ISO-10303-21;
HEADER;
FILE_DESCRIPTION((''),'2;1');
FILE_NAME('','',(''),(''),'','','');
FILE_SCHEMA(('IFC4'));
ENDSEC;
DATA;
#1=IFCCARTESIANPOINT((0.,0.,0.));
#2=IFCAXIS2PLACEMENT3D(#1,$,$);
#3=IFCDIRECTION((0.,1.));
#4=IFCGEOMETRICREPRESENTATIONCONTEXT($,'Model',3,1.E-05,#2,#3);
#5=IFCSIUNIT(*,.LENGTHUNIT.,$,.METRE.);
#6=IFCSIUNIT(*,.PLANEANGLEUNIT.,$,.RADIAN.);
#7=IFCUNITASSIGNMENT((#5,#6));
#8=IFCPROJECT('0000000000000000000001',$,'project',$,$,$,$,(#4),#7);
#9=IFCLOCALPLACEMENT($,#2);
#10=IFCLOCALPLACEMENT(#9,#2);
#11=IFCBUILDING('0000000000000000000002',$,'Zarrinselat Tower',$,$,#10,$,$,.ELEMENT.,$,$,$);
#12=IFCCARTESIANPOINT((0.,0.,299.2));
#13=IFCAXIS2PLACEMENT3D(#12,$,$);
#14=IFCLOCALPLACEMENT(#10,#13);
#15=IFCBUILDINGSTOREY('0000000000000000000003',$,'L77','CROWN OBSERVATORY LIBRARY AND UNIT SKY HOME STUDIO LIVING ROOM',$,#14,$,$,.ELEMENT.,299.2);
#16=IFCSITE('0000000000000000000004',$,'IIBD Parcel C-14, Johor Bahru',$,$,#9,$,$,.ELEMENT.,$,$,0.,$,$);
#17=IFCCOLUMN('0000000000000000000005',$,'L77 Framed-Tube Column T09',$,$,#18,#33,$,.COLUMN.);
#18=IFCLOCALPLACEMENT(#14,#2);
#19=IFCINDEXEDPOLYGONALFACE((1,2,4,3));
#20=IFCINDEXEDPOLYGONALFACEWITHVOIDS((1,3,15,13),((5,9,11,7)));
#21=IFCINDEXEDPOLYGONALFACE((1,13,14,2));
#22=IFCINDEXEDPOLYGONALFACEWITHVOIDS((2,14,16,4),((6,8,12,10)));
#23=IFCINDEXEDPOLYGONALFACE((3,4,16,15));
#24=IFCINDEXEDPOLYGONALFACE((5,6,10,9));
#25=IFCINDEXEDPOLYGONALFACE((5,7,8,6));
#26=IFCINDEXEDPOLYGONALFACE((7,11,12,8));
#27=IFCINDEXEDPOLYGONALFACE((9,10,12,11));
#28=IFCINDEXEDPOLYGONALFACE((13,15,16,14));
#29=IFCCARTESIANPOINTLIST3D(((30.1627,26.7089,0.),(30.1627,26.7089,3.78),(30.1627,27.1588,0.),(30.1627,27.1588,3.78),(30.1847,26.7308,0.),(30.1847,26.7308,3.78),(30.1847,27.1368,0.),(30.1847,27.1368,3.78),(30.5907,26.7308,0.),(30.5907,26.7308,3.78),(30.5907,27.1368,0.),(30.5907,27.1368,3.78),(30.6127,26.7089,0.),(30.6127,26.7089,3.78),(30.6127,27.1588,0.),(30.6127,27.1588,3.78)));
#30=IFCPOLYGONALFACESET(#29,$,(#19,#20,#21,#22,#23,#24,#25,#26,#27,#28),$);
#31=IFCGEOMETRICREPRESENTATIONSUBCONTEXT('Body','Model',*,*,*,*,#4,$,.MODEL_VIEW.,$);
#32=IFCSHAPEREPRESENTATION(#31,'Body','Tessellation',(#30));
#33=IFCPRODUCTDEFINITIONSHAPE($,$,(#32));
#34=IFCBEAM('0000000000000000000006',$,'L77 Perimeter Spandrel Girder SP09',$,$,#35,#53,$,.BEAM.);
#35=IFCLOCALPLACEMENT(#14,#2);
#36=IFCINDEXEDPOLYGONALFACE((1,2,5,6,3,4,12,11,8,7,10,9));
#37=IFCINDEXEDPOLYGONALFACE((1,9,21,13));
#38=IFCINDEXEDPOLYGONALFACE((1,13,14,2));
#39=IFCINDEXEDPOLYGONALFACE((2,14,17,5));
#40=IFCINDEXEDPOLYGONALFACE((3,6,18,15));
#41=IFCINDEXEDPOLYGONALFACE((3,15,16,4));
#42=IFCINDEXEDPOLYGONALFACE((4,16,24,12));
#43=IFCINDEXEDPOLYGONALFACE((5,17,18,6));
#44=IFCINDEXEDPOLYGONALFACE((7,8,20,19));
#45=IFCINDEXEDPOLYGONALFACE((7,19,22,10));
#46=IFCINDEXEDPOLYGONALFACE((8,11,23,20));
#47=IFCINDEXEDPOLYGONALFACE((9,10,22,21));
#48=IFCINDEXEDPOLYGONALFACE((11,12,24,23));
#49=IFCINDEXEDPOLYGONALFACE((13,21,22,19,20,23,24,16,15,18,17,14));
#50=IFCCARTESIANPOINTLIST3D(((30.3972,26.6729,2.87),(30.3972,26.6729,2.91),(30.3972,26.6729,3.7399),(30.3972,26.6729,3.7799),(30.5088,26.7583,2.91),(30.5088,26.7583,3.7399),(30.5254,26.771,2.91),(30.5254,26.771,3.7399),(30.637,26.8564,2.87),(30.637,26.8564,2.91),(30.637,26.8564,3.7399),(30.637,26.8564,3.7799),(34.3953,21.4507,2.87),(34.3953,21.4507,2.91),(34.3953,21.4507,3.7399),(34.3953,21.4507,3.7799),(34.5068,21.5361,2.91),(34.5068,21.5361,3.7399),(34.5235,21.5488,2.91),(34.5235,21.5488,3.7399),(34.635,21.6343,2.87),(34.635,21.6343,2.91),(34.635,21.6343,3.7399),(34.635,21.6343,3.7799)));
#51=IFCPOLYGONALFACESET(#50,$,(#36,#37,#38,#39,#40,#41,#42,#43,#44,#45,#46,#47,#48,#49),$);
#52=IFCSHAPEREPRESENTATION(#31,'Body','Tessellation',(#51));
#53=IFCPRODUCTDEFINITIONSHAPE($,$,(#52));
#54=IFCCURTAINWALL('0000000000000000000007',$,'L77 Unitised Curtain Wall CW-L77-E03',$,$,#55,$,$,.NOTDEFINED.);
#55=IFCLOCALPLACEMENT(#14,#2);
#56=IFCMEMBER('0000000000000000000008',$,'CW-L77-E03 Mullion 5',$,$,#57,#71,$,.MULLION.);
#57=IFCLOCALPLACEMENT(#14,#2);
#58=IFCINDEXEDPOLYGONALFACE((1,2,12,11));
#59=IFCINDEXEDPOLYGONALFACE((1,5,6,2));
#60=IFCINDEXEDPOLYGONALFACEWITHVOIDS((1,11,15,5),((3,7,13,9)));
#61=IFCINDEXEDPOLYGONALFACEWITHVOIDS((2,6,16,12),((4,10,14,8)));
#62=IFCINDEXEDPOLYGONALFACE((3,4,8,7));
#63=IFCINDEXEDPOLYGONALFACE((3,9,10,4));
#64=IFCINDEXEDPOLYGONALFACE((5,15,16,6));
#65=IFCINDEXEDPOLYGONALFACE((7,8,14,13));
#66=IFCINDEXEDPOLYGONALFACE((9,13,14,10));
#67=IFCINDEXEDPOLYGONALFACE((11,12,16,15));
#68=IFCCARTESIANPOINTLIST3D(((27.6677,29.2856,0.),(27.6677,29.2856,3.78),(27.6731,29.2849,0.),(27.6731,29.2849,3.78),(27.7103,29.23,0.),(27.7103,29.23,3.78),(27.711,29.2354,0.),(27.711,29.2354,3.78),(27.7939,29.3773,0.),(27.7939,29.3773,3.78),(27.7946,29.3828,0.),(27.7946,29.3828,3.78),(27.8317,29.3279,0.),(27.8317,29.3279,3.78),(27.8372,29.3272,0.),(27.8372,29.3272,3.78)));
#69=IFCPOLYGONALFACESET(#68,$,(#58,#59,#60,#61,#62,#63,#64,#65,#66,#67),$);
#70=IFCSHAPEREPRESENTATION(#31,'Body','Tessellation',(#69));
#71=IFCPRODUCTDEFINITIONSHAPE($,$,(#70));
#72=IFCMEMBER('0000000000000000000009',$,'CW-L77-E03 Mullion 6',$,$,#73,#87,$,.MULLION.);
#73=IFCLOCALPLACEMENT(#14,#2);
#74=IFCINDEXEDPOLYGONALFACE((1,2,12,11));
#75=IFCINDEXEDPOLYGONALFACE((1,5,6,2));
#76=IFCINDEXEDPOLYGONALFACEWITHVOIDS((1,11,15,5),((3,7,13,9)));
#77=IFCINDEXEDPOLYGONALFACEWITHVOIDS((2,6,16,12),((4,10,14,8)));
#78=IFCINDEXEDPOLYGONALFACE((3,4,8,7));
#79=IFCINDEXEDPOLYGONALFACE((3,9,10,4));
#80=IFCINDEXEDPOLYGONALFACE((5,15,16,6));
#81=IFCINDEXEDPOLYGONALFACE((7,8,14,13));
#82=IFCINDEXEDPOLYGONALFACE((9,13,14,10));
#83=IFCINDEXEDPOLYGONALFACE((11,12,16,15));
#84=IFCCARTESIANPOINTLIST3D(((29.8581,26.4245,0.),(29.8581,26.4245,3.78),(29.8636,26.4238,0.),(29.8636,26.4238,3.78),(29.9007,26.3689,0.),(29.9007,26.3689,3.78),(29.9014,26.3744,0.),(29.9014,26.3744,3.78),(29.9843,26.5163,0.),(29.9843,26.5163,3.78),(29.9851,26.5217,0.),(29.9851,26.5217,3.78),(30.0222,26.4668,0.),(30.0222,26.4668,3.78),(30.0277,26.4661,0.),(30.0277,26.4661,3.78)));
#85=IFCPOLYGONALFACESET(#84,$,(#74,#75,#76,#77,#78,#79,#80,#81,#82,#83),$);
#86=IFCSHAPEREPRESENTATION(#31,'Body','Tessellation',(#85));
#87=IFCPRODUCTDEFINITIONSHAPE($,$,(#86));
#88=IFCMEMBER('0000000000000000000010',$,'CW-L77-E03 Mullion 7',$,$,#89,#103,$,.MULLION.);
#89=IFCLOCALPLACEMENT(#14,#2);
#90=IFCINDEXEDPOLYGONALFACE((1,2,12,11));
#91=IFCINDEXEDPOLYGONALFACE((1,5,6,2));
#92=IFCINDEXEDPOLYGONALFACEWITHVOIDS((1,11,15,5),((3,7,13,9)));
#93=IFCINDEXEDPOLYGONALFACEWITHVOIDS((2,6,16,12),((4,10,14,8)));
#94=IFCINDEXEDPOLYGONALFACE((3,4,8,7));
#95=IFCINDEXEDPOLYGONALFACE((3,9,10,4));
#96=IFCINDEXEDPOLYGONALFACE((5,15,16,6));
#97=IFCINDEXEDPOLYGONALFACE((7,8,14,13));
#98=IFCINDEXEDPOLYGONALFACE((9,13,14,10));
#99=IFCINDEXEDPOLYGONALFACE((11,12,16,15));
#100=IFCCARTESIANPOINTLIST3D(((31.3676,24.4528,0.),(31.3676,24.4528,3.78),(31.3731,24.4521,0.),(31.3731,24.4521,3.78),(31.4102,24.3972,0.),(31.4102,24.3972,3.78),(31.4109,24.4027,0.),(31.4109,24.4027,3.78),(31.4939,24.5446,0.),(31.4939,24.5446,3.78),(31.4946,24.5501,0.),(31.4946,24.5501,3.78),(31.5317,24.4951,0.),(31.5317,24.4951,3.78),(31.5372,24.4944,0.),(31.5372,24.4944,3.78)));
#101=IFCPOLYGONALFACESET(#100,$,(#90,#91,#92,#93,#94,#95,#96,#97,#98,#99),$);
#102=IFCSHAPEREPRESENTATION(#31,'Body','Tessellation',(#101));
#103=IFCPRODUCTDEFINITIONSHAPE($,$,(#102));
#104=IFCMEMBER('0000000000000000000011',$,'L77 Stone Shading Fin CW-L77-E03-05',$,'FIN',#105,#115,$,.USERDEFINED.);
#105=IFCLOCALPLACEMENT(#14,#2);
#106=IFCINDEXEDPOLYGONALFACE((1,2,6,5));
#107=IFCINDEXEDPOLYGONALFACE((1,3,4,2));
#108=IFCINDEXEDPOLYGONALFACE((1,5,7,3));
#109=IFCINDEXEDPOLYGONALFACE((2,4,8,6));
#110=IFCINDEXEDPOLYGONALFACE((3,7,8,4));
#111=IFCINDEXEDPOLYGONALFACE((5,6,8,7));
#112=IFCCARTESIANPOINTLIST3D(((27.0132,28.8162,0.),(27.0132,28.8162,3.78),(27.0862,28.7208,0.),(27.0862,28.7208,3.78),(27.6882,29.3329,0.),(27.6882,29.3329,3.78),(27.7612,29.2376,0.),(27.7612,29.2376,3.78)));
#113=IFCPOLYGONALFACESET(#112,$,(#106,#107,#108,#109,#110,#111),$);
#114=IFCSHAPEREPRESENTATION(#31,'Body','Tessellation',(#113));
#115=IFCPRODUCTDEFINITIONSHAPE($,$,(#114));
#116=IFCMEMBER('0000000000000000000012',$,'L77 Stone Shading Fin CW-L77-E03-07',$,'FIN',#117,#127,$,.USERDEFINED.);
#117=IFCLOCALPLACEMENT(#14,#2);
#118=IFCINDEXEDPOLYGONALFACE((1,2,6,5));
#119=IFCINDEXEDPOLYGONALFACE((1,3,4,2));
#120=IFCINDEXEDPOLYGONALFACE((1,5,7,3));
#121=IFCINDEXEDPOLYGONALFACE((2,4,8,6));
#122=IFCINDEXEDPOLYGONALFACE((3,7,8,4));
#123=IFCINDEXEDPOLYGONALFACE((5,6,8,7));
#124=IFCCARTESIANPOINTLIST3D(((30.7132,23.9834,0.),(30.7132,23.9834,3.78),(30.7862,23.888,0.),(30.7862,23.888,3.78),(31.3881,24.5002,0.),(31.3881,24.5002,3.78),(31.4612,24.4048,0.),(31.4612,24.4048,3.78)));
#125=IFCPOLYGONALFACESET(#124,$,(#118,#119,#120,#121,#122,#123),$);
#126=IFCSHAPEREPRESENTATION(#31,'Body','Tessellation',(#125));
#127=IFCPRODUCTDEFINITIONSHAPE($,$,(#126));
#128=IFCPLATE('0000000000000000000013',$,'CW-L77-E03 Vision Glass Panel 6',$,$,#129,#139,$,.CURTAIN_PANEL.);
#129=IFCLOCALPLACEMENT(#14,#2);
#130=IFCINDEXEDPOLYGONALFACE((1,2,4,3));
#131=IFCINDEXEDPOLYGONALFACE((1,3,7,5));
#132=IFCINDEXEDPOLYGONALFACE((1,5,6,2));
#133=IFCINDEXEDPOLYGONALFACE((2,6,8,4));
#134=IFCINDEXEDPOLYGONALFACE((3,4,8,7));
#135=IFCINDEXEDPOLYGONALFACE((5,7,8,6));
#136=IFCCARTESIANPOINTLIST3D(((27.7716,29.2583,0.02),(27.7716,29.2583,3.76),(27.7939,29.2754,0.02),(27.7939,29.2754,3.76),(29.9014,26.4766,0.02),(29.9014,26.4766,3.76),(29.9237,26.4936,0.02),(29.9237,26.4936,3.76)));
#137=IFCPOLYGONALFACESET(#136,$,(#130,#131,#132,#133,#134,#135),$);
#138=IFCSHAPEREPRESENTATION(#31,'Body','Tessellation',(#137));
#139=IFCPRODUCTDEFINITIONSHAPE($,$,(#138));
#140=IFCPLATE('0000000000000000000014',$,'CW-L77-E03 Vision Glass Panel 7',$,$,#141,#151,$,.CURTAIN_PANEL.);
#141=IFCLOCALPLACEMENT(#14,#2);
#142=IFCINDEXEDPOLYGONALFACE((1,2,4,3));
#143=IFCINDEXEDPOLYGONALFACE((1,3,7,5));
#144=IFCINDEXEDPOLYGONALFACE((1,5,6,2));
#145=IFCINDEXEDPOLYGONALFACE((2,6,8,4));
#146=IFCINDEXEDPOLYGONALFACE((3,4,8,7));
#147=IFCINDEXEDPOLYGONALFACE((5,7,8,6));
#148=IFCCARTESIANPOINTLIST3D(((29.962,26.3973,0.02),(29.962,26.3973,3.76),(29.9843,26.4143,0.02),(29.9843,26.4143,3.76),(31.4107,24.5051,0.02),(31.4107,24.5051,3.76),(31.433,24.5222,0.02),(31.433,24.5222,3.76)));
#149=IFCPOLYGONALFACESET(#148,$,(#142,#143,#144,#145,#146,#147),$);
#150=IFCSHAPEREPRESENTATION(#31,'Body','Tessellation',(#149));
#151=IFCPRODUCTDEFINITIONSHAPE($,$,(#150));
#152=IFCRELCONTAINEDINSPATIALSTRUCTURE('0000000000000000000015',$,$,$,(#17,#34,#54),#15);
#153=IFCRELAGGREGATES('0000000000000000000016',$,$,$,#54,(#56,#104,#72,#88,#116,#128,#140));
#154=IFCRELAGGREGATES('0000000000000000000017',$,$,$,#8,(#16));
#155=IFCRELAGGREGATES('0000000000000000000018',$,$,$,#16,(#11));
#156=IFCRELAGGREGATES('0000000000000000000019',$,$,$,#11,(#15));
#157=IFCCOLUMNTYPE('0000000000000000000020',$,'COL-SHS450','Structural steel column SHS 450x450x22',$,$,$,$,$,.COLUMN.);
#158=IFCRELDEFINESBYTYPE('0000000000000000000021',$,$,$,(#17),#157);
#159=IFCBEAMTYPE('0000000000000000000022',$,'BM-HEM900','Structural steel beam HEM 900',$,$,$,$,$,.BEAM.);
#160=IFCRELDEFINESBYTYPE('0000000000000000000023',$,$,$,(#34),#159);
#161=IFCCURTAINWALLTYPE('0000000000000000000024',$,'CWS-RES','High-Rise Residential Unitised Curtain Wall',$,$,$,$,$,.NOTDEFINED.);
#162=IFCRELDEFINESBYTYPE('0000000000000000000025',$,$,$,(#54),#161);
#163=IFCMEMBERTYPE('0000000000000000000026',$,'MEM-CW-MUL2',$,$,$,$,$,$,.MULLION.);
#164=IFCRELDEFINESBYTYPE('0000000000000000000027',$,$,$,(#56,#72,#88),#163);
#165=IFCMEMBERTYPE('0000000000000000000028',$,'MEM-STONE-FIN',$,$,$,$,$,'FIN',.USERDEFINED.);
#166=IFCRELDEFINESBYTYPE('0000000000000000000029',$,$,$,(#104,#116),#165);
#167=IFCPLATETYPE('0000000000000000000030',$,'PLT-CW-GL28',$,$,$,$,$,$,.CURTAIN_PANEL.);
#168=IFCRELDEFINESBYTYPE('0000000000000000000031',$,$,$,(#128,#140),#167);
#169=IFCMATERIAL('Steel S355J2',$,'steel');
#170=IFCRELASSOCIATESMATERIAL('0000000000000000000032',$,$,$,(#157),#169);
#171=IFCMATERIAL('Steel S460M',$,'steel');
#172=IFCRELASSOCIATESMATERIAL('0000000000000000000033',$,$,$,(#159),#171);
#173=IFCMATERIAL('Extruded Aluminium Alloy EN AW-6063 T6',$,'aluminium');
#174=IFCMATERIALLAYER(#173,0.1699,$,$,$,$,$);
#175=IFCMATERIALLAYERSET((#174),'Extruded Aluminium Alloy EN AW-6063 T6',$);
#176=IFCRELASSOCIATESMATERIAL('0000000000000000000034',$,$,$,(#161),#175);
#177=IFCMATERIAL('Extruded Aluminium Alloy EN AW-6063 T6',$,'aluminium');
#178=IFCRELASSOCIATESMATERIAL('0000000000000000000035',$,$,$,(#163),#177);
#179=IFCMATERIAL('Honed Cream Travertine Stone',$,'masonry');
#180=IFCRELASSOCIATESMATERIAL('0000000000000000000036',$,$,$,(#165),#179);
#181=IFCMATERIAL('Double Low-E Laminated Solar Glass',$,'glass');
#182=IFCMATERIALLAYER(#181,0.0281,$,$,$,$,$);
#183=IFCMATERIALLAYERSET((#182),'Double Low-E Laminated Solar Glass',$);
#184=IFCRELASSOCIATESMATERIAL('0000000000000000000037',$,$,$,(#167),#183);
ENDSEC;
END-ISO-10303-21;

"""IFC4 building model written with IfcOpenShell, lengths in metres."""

from ifc_helpers import new_model, si_unit, direction, frame, origin, origin_2d, place, context, subcontext, project, spatial, rectangle, hollow_rectangle, i_section, extrude, material, layer, layer_set, material_profile, profile_set, type_object, element, aggregate, save


model = new_model("IFC4")

# Units and contexts
model_context = context("Model", 3, precision=1e-05, world=origin(), true_north=direction((0.0, 1.0)))
body_context = subcontext(model_context, "Body", "Model", "MODEL_VIEW")
ifc_project = project(units=[si_unit("LENGTHUNIT", "METRE"), si_unit("PLANEANGLEUNIT", "RADIAN")], contexts=[model_context])

# Site, building, storey
site_placement = place(None, origin())
site = spatial("IfcSite", under=ifc_project, at=site_placement, Name="IIBD Parcel C-14, Johor Bahru", CompositionType="ELEMENT", RefElevation=0.0)
building_placement = place(site_placement, origin())
building = spatial("IfcBuilding", under=site, at=building_placement, Name="Zarrinselat Tower", CompositionType="ELEMENT")
storey_placement = place(building_placement, frame((0.0, 0.0, 299.2)))
storey = spatial("IfcBuildingStorey", under=building, at=storey_placement, Name="L77", Description="CROWN OBSERVATORY LIBRARY AND UNIT SKY HOME STUDIO LIVING ROOM", CompositionType="ELEMENT", Elevation=299.2)

# Column
ifc_material_1 = material(Name="Steel S355J2", Category="steel")
ifc_material_profile_1 = material_profile(ifc_material_1, hollow_rectangle(XDim=0.45, YDim=0.45, WallThickness=0.022, at=origin_2d()), Name="SHS 450x450x22")
ifc_profile_set_1 = profile_set([ifc_material_profile_1], Name="Steel S355J2")
column_type = type_object("IfcColumnType", Name="COL-SHS450", Description="Structural steel column SHS 450x450x22", PredefinedType="COLUMN", material=ifc_profile_set_1)
column_placement = place(storey_placement, frame((30.3877, 26.9338, 0.0), z_axis=(0.0, 0.0, 1.0), x_axis=(1.0, 0.0, 0.0)))
element("IfcColumn", 1, at=column_placement, inside=storey, type_object=column_type, Name="L77 Framed-Tube Column T09", PredefinedType="COLUMN", context=body_context, shape_type="SweptSolid", body=[
    extrude(hollow_rectangle(XDim=0.45, YDim=0.45, WallThickness=0.022, at=origin_2d()), origin(), (0.0, 0.0, 1.0), 3.78),
])

# Beam
ifc_material_2 = material(Name="Steel S460M", Category="steel")
ifc_material_profile_2 = material_profile(ifc_material_2, i_section(OverallWidth=0.302, OverallDepth=0.9099, WebThickness=0.021, FlangeThickness=0.04, at=origin_2d()), Name="HEM 900")
ifc_profile_set_2 = profile_set([ifc_material_profile_2], Name="Steel S460M")
beam_type = type_object("IfcBeamType", Name="BM-HEM900", Description="Structural steel beam HEM 900", PredefinedType="BEAM", material=ifc_profile_set_2)
beam_placement = place(storey_placement, frame((30.5171, 26.7646, 3.325), z_axis=(0.607894, -0.794018, 0.0), x_axis=(0.794018, 0.607894, 0.0)))
element("IfcBeam", 2, at=beam_placement, inside=storey, type_object=beam_type, Name="L77 Perimeter Spandrel Girder SP09", PredefinedType="BEAM", context=body_context, shape_type="SweptSolid", body=[
    extrude(i_section(OverallWidth=0.302, OverallDepth=0.9099, WebThickness=0.021, FlangeThickness=0.04, at=origin_2d()), origin(), (0.0, 0.0, 1.0), 6.5769),
])

# Curtain wall, members, plates
ifc_material_3 = material(Name="Extruded Aluminium Alloy EN AW-6063 T6", Category="aluminium")
ifc_layer_1 = layer(ifc_material_3, 0.1699)
ifc_layer_set_1 = layer_set([ifc_layer_1], Name="Extruded Aluminium Alloy EN AW-6063 T6")
curtain_wall_type = type_object("IfcCurtainWallType", Name="CWS-RES", Description="High-Rise Residential Unitised Curtain Wall", PredefinedType="NOTDEFINED", material=ifc_layer_set_1)
curtain_wall_placement = place(storey_placement, origin())
curtain_wall = element("IfcCurtainWall", 3, at=curtain_wall_placement, inside=storey, type_object=curtain_wall_type, Name="L77 Unitised Curtain Wall CW-L77-E03", PredefinedType="NOTDEFINED")
ifc_material_4 = material(Name="Extruded Aluminium Alloy EN AW-6063 T6", Category="aluminium")
ifc_material_profile_3 = material_profile(ifc_material_4, hollow_rectangle(XDim=0.0701, YDim=0.1599, WallThickness=0.0039, at=origin_2d()), Name="RHS 160x70x4")
ifc_profile_set_3 = profile_set([ifc_material_profile_3], Name="Extruded Aluminium Alloy EN AW-6063 T6")
member_type_1 = type_object("IfcMemberType", Name="MEM-CW-MUL2", PredefinedType="MULLION", material=ifc_profile_set_3)
member_1_placement = place(storey_placement, frame((27.7524, 29.3064, 0.0), z_axis=(0.0, 0.0, 1.0), x_axis=(0.607898, -0.794015, 0.0)))
member_1 = element("IfcMember", 4, at=member_1_placement, type_object=member_type_1, Name="CW-L77-E03 Mullion 5", PredefinedType="MULLION", context=body_context, shape_type="SweptSolid", body=[
    extrude(hollow_rectangle(XDim=0.0701, YDim=0.1599, WallThickness=0.0039, at=origin_2d()), origin(), (0.0, 0.0, 1.0), 3.78),
])
member_2_placement = place(storey_placement, frame((29.9429, 26.4453, 0.0), z_axis=(0.0, 0.0, 1.0), x_axis=(0.607898, -0.794015, 0.0)))
member_2 = element("IfcMember", 5, at=member_2_placement, type_object=member_type_1, Name="CW-L77-E03 Mullion 6", PredefinedType="MULLION", context=body_context, shape_type="SweptSolid", body=[
    extrude(hollow_rectangle(XDim=0.0701, YDim=0.1599, WallThickness=0.0039, at=origin_2d()), origin(), (0.0, 0.0, 1.0), 3.78),
])
member_3_placement = place(storey_placement, frame((31.4524, 24.4736, 0.0), z_axis=(0.0, 0.0, 1.0), x_axis=(0.607898, -0.794015, 0.0)))
member_3 = element("IfcMember", 6, at=member_3_placement, type_object=member_type_1, Name="CW-L77-E03 Mullion 7", PredefinedType="MULLION", context=body_context, shape_type="SweptSolid", body=[
    extrude(hollow_rectangle(XDim=0.0701, YDim=0.1599, WallThickness=0.0039, at=origin_2d()), origin(), (0.0, 0.0, 1.0), 3.78),
])
ifc_material_5 = material(Name="Honed Cream Travertine Stone", Category="masonry")
ifc_material_profile_4 = material_profile(ifc_material_5, rectangle(XDim=0.1201, YDim=0.8501, at=origin_2d()), Name="FIN 850x120")
ifc_profile_set_4 = profile_set([ifc_material_profile_4], Name="Honed Cream Travertine Stone")
member_type_2 = type_object("IfcMemberType", Name="MEM-STONE-FIN", ElementType="FIN", PredefinedType="USERDEFINED", material=ifc_profile_set_4)
member_4_placement = place(storey_placement, frame((27.3872, 29.0269, 0.0), z_axis=(0.0, 0.0, 1.0), x_axis=(-0.607898, 0.794015, 0.0)))
member_4 = element("IfcMember", 7, at=member_4_placement, type_object=member_type_2, Name="L77 Stone Shading Fin CW-L77-E03-05", ObjectType="FIN", PredefinedType="USERDEFINED", context=body_context, shape_type="SweptSolid", body=[
    extrude(rectangle(XDim=0.1201, YDim=0.8501, at=origin_2d()), origin(), (0.0, 0.0, 1.0), 3.78),
])
member_5_placement = place(storey_placement, frame((31.0872, 24.1941, 0.0), z_axis=(0.0, 0.0, 1.0), x_axis=(-0.607898, 0.794015, 0.0)))
member_5 = element("IfcMember", 8, at=member_5_placement, type_object=member_type_2, Name="L77 Stone Shading Fin CW-L77-E03-07", ObjectType="FIN", PredefinedType="USERDEFINED", context=body_context, shape_type="SweptSolid", body=[
    extrude(rectangle(XDim=0.1201, YDim=0.8501, at=origin_2d()), origin(), (0.0, 0.0, 1.0), 3.78),
])
ifc_material_6 = material(Name="Double Low-E Laminated Solar Glass", Category="glass")
ifc_layer_2 = layer(ifc_material_6, 0.0281)
ifc_layer_set_2 = layer_set([ifc_layer_2], Name="Double Low-E Laminated Solar Glass")
plate_type = type_object("IfcPlateType", Name="PLT-CW-GL28", PredefinedType="CURTAIN_PANEL", material=ifc_layer_set_2)
plate_1_placement = place(storey_placement, frame((28.8477, 27.876, 0.02), z_axis=(0.0, 0.0, 1.0), x_axis=(0.607898, -0.794015, 0.0)))
plate_1 = element("IfcPlate", 9, at=plate_1_placement, type_object=plate_type, Name="CW-L77-E03 Vision Glass Panel 6", PredefinedType="CURTAIN_PANEL", context=body_context, shape_type="SweptSolid", body=[
    extrude(rectangle(XDim=3.5034, YDim=0.0281, at=origin_2d()), origin(), (0.0, 0.0, 1.0), 3.74),
])
plate_2_placement = place(storey_placement, frame((30.6975, 25.4597, 0.02), z_axis=(0.0, 0.0, 1.0), x_axis=(0.607898, -0.794015, 0.0)))
plate_2 = element("IfcPlate", 10, at=plate_2_placement, type_object=plate_type, Name="CW-L77-E03 Vision Glass Panel 7", PredefinedType="CURTAIN_PANEL", context=body_context, shape_type="SweptSolid", body=[
    extrude(rectangle(XDim=2.3831, YDim=0.0281, at=origin_2d()), origin(), (0.0, 0.0, 1.0), 3.74),
])
aggregate(curtain_wall, [member_1, member_4, member_2, member_3, member_5, plate_1, plate_2])

save(model, "model.ifc")
